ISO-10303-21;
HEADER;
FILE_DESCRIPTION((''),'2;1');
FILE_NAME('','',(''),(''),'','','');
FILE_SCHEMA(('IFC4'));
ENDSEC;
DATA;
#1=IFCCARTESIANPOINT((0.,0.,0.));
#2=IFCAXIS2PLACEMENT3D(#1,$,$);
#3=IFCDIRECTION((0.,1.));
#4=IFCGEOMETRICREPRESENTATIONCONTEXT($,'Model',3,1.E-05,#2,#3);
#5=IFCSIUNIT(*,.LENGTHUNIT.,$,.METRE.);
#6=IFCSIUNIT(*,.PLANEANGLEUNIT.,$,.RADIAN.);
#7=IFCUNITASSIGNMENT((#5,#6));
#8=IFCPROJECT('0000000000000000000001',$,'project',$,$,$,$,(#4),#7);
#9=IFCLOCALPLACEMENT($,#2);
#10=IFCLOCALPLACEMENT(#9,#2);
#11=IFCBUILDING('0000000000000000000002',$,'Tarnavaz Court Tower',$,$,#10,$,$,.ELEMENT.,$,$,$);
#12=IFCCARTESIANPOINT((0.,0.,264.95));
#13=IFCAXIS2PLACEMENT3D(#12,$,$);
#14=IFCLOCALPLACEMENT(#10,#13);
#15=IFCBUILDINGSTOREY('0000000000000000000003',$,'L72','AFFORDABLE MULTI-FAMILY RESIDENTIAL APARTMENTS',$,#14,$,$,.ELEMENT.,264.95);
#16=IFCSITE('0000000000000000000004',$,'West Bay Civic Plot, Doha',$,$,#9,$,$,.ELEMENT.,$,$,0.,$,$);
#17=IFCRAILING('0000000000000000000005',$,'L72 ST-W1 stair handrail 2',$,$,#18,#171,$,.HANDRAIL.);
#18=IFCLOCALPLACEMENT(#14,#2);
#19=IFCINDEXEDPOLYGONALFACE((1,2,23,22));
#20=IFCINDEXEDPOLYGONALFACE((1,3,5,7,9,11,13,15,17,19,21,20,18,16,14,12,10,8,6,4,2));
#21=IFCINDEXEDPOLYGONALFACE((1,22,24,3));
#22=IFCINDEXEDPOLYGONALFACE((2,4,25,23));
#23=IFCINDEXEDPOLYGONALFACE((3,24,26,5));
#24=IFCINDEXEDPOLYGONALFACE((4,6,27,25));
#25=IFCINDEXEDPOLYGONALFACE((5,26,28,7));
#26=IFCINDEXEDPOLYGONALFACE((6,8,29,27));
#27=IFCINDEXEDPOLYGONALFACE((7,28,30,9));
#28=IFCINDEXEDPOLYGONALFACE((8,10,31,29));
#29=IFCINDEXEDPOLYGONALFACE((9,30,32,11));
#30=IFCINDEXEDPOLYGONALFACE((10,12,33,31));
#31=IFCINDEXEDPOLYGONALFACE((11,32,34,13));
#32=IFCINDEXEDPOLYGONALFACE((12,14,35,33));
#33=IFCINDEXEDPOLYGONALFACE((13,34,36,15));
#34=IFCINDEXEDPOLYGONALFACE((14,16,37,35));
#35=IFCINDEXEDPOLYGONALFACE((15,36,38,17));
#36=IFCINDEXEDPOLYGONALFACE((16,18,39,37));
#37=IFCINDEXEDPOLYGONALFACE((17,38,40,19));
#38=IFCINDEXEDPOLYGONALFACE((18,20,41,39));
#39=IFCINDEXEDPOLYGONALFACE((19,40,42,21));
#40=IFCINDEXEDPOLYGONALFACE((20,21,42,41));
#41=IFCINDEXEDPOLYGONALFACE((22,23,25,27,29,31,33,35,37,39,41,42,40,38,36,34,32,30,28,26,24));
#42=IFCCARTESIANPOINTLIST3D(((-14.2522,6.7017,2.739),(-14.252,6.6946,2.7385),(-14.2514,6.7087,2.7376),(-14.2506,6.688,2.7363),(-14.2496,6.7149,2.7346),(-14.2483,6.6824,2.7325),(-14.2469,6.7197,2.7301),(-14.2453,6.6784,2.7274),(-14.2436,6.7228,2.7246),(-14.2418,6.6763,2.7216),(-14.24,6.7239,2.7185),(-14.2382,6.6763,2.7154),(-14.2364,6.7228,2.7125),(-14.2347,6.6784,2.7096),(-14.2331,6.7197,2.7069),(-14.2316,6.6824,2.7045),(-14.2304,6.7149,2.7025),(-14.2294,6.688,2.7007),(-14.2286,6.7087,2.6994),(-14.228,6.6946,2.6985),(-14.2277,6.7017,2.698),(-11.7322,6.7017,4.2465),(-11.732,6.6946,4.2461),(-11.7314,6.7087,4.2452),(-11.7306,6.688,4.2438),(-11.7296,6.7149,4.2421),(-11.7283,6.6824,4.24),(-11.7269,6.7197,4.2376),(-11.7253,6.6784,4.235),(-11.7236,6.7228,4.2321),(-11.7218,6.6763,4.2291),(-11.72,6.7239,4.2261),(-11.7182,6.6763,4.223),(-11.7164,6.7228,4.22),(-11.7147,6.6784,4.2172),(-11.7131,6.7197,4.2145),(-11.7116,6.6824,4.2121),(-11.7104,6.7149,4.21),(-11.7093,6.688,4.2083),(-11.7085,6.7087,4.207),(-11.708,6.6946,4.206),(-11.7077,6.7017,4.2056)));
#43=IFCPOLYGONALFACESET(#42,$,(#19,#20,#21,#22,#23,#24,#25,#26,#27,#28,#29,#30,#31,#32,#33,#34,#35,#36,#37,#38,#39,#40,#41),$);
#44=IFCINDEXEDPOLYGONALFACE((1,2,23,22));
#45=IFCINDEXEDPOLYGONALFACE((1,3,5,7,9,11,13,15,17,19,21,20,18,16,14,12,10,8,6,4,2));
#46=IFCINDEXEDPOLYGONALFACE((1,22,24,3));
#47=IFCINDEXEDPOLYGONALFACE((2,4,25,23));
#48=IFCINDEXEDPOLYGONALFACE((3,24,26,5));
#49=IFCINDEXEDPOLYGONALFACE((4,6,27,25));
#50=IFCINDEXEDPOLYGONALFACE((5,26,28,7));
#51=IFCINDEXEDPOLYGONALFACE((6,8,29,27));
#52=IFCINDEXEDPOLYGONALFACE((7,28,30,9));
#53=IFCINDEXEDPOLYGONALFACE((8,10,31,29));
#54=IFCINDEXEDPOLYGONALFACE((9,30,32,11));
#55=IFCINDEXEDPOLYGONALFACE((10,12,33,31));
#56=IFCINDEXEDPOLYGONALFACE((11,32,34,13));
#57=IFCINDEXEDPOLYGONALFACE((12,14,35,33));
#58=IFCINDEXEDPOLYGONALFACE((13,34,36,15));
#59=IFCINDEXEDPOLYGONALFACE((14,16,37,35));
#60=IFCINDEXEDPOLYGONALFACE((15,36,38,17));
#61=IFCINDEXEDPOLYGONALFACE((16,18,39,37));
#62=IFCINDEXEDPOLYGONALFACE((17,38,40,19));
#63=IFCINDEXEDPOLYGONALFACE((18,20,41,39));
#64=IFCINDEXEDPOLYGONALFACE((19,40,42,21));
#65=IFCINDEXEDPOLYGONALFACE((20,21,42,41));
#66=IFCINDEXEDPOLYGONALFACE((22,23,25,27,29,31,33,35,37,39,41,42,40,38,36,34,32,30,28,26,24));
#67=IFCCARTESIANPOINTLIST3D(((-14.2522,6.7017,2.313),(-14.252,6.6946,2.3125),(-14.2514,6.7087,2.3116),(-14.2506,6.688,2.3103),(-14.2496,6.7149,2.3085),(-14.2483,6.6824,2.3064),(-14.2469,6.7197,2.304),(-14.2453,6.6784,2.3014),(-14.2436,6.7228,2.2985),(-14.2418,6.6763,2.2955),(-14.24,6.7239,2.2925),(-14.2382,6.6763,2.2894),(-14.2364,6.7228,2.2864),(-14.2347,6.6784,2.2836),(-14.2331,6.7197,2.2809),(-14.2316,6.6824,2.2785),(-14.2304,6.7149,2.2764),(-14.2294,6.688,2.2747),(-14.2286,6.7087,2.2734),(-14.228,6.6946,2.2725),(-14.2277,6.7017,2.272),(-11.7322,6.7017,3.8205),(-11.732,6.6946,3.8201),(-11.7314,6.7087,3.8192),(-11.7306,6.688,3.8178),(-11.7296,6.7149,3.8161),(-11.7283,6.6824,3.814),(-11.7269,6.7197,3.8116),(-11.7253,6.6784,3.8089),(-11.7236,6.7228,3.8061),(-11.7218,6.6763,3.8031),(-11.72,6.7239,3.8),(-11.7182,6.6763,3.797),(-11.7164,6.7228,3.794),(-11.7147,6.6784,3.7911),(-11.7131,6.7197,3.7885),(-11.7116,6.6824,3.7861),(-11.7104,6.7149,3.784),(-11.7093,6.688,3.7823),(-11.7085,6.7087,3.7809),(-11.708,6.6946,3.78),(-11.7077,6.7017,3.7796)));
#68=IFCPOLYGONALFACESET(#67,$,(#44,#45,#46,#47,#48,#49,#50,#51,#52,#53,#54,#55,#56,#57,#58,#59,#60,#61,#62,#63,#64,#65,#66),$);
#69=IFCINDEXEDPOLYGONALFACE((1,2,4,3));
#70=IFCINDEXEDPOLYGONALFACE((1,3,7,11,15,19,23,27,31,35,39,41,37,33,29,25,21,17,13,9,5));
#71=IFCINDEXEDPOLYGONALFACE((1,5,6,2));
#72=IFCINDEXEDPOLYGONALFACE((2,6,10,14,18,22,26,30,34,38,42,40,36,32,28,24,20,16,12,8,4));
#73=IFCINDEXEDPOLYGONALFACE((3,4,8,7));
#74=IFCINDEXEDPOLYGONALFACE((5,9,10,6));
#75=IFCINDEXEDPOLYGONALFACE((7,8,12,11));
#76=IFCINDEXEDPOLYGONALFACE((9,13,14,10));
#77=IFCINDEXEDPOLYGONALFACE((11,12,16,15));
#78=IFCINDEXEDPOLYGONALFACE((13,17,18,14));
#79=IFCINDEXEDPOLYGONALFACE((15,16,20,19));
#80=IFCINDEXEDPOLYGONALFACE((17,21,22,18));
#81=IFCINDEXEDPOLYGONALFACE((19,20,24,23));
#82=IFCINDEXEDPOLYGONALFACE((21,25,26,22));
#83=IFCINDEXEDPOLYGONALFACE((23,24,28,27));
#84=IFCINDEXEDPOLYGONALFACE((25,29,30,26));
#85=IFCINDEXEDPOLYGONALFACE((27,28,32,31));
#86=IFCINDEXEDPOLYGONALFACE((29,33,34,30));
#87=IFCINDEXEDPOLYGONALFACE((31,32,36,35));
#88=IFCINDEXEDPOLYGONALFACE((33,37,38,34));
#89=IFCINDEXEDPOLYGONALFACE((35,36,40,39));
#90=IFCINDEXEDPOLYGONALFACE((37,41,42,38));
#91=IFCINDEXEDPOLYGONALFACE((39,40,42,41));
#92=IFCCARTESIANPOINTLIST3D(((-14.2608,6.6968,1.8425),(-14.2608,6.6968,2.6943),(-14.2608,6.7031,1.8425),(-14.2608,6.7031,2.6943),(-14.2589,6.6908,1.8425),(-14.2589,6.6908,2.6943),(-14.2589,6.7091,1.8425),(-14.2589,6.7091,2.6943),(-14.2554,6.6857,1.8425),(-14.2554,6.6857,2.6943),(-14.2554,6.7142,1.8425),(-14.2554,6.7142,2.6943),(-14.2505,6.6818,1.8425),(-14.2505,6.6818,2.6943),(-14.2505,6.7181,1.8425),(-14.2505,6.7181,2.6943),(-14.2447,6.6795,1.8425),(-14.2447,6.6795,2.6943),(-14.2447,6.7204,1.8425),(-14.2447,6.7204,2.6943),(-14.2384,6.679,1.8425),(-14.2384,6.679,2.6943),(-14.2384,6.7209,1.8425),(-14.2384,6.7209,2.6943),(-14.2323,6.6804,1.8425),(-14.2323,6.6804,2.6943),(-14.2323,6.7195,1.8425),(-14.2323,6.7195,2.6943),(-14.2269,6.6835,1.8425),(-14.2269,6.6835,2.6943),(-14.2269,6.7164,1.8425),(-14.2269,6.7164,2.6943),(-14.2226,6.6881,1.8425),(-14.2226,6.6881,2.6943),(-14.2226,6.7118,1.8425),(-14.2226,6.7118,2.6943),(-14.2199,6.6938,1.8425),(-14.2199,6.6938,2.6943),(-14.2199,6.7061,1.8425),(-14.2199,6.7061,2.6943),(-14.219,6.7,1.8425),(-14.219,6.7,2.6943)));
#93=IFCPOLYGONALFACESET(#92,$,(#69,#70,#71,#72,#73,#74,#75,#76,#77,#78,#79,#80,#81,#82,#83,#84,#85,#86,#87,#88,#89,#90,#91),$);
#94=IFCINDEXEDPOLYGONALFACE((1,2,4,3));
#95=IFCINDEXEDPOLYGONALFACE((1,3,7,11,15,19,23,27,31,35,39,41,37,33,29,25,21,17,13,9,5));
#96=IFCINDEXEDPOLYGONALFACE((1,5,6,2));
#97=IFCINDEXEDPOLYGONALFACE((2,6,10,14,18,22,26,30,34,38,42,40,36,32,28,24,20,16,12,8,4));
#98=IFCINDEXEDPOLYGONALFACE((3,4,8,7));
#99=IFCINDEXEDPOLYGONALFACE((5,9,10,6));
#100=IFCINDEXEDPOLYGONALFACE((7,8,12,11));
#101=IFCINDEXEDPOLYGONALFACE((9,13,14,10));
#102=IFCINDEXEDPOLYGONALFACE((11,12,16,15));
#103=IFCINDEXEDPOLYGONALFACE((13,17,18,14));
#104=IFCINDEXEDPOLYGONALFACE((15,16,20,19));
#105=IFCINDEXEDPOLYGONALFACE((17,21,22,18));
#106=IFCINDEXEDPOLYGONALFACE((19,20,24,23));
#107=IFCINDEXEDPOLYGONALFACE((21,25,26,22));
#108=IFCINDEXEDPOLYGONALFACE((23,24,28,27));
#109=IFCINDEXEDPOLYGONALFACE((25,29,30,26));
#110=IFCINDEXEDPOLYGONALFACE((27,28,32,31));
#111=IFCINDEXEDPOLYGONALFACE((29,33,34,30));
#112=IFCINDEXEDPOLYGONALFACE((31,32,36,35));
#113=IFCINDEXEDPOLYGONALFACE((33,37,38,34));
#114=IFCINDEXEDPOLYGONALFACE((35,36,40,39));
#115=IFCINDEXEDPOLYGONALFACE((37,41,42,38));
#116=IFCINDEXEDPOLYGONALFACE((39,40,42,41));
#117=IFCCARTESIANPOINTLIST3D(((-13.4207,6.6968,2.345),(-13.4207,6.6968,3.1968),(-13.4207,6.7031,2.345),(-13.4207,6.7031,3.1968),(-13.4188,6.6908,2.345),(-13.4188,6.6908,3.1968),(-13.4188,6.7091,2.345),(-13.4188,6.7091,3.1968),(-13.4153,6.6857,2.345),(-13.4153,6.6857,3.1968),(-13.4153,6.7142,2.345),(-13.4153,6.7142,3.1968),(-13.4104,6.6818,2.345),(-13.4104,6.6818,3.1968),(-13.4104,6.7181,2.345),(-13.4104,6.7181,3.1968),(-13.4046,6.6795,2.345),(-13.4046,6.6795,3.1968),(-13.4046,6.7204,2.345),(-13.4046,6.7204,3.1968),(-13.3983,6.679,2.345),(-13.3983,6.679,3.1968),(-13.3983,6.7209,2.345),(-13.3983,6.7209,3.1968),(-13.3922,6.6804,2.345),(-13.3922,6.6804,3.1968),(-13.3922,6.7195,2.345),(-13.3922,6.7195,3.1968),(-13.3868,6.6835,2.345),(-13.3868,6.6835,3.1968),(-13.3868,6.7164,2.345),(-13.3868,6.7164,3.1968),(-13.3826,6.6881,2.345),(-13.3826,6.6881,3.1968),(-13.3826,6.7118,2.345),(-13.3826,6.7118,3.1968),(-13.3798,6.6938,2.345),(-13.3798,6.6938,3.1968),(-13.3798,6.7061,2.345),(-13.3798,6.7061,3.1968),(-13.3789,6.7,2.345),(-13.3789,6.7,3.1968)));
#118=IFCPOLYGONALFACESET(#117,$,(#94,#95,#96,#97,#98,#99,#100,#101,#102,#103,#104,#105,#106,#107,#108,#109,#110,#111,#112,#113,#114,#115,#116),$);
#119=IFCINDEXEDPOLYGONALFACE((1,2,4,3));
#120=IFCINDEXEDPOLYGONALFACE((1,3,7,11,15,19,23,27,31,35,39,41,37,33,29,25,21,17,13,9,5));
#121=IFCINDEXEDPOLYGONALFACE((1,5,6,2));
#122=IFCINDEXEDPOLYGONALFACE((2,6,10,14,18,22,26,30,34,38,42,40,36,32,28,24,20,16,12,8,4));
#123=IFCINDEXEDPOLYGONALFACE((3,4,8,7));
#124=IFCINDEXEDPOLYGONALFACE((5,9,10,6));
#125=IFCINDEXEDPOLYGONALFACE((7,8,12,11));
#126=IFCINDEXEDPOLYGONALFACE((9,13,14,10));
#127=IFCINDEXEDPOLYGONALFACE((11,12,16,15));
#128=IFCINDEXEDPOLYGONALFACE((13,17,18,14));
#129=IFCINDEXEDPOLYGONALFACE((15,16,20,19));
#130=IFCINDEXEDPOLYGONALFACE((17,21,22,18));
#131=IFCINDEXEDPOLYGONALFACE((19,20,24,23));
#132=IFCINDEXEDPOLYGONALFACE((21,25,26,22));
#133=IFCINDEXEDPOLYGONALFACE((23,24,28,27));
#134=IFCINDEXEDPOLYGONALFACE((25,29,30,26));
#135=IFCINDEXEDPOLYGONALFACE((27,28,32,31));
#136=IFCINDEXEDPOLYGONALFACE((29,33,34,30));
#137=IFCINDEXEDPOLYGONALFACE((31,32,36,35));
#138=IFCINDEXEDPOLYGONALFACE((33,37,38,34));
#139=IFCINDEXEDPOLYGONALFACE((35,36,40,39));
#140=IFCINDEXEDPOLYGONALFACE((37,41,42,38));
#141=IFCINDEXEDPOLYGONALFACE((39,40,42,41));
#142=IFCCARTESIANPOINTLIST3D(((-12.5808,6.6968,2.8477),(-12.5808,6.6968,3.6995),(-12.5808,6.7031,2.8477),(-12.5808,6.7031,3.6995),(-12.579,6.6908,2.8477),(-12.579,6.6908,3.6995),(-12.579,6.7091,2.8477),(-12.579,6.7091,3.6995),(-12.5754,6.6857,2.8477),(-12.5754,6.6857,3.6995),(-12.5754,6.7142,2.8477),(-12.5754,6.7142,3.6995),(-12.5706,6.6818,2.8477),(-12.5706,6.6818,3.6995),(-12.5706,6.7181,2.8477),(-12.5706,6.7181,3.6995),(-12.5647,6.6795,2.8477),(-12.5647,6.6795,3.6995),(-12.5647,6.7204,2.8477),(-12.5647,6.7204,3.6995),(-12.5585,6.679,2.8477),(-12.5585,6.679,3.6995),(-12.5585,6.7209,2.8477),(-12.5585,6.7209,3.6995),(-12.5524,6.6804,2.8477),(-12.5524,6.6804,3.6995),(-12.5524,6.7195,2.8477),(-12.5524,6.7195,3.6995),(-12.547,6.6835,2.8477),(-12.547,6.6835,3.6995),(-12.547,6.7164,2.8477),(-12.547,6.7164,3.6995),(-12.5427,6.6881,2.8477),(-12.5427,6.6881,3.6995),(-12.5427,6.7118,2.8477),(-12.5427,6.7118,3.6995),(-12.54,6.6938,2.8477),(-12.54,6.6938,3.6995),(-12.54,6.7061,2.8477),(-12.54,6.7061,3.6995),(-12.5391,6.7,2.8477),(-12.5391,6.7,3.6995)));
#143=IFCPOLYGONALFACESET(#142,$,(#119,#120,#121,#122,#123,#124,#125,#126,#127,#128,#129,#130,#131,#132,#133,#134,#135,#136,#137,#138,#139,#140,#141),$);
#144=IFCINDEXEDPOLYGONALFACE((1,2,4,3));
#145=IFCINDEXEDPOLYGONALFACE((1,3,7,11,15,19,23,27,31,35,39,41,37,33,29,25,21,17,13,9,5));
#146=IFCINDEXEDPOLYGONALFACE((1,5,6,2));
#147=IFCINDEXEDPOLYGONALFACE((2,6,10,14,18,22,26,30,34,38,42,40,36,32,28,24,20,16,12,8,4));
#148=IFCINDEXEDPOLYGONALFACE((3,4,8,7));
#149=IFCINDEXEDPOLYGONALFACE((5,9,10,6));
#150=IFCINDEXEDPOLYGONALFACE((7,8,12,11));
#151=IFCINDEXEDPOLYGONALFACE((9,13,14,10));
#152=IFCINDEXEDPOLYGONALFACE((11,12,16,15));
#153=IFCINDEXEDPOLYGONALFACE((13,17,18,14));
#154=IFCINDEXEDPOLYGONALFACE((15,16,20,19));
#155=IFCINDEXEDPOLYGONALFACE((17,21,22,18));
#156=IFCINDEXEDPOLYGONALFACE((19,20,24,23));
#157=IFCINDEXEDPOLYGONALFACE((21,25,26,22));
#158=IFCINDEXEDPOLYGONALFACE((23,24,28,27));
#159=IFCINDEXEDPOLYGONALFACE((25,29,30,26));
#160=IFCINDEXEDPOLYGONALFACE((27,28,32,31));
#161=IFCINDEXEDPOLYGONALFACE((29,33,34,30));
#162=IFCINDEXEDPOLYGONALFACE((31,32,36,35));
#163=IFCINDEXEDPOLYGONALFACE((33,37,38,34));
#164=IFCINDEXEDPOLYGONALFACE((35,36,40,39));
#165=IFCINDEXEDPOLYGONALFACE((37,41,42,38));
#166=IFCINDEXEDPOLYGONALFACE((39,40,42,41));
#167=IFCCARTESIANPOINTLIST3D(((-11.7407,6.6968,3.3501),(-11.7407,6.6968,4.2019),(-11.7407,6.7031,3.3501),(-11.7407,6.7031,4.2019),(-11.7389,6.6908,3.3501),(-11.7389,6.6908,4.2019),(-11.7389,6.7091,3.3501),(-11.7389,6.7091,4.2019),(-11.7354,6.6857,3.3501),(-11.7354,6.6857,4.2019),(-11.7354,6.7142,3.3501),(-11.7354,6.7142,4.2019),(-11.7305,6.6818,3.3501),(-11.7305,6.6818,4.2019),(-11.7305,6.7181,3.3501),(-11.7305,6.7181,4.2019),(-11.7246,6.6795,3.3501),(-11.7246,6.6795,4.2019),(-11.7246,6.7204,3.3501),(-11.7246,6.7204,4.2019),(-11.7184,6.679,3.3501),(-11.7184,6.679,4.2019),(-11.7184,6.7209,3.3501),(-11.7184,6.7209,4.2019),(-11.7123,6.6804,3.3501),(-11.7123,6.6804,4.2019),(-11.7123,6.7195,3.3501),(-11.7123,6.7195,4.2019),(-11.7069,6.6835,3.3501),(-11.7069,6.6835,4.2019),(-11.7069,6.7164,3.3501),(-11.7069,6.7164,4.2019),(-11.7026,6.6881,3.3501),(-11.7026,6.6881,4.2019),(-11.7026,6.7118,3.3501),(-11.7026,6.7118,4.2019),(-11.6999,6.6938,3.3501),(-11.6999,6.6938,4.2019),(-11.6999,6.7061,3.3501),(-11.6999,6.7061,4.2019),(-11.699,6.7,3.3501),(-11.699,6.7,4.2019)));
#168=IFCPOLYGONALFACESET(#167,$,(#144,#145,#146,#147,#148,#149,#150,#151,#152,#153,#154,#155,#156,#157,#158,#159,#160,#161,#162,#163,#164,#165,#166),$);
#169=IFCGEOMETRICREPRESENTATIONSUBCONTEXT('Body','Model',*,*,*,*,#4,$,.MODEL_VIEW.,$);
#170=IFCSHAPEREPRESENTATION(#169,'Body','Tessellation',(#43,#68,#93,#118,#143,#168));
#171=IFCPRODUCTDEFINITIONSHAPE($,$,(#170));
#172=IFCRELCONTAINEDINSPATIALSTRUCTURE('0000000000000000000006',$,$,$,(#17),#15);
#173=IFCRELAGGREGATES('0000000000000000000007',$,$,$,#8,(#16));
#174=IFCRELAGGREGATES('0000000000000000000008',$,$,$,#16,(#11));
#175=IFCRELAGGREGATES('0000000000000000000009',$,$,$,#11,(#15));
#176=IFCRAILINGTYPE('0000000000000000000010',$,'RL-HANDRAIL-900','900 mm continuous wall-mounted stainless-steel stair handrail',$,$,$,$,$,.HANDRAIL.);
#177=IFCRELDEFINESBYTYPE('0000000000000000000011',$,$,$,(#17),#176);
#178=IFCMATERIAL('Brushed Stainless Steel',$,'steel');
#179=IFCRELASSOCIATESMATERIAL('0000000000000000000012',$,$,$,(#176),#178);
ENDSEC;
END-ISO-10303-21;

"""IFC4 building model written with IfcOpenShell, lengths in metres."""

from ifc_helpers import new_model, si_unit, direction, frame, origin, origin_2d, place, context, subcontext, project, spatial, circle, extrude, material, type_object, element, save


model = new_model("IFC4")

# Units and contexts
model_context = context("Model", 3, precision=1e-05, world=origin(), true_north=direction((0.0, 1.0)))
body_context = subcontext(model_context, "Body", "Model", "MODEL_VIEW")
ifc_project = project(units=[si_unit("LENGTHUNIT", "METRE"), si_unit("PLANEANGLEUNIT", "RADIAN")], contexts=[model_context])

# Site, building, storey
site_placement = place(None, origin())
site = spatial("IfcSite", under=ifc_project, at=site_placement, Name="West Bay Civic Plot, Doha", CompositionType="ELEMENT", RefElevation=0.0)
building_placement = place(site_placement, origin())
building = spatial("IfcBuilding", under=site, at=building_placement, Name="Tarnavaz Court Tower", CompositionType="ELEMENT")
storey_placement = place(building_placement, frame((0.0, 0.0, 264.95)))
storey = spatial("IfcBuildingStorey", under=building, at=storey_placement, Name="L72", Description="AFFORDABLE MULTI-FAMILY RESIDENTIAL APARTMENTS", CompositionType="ELEMENT", Elevation=264.95)

# Railing
ifc_material_1 = material(Name="Brushed Stainless Steel", Category="steel")
railing_type_1 = type_object("IfcRailingType", Name="RL-HANDRAIL-900", Description="900 mm continuous wall-mounted stainless-steel stair handrail", PredefinedType="HANDRAIL", material=ifc_material_1)
railing_1_placement = place(storey_placement, frame((-14.24, 6.7, 1.8425)))
element("IfcRailing", 1, at=railing_1_placement, inside=storey, type_object=railing_type_1, Name="L72 ST-W1 stair handrail 2", PredefinedType="HANDRAIL", context=body_context, shape_type="SweptSolid", body=[
    extrude(circle(Radius=0.0239, at=origin_2d()), frame((0.0, 0.0, 0.876), z_axis=(0.85816, 0.0, 0.513383), x_axis=(0.0, 1.0, 0.0)), (0.0, 0.0, 1.0), 2.9365),
    extrude(circle(Radius=0.0239, at=origin_2d()), frame((0.0, 0.0, 0.45), z_axis=(0.85816, 0.0, 0.513383), x_axis=(0.0, 1.0, 0.0)), (0.0, 0.0, 1.0), 2.9365),
    extrude(circle(Radius=0.021, at=origin_2d()), origin(), (0.0, 0.0, 1.0), 0.8518),
    extrude(circle(Radius=0.021, at=origin_2d()), frame((0.8401, 0.0, 0.5024)), (0.0, 0.0, 1.0), 0.8518),
    extrude(circle(Radius=0.021, at=origin_2d()), frame((1.6799, 0.0, 1.0051)), (0.0, 0.0, 1.0), 0.8518),
    extrude(circle(Radius=0.021, at=origin_2d()), frame((2.52, 0.0, 1.5076)), (0.0, 0.0, 1.0), 0.8518),
])

save(model, "model.ifc")
